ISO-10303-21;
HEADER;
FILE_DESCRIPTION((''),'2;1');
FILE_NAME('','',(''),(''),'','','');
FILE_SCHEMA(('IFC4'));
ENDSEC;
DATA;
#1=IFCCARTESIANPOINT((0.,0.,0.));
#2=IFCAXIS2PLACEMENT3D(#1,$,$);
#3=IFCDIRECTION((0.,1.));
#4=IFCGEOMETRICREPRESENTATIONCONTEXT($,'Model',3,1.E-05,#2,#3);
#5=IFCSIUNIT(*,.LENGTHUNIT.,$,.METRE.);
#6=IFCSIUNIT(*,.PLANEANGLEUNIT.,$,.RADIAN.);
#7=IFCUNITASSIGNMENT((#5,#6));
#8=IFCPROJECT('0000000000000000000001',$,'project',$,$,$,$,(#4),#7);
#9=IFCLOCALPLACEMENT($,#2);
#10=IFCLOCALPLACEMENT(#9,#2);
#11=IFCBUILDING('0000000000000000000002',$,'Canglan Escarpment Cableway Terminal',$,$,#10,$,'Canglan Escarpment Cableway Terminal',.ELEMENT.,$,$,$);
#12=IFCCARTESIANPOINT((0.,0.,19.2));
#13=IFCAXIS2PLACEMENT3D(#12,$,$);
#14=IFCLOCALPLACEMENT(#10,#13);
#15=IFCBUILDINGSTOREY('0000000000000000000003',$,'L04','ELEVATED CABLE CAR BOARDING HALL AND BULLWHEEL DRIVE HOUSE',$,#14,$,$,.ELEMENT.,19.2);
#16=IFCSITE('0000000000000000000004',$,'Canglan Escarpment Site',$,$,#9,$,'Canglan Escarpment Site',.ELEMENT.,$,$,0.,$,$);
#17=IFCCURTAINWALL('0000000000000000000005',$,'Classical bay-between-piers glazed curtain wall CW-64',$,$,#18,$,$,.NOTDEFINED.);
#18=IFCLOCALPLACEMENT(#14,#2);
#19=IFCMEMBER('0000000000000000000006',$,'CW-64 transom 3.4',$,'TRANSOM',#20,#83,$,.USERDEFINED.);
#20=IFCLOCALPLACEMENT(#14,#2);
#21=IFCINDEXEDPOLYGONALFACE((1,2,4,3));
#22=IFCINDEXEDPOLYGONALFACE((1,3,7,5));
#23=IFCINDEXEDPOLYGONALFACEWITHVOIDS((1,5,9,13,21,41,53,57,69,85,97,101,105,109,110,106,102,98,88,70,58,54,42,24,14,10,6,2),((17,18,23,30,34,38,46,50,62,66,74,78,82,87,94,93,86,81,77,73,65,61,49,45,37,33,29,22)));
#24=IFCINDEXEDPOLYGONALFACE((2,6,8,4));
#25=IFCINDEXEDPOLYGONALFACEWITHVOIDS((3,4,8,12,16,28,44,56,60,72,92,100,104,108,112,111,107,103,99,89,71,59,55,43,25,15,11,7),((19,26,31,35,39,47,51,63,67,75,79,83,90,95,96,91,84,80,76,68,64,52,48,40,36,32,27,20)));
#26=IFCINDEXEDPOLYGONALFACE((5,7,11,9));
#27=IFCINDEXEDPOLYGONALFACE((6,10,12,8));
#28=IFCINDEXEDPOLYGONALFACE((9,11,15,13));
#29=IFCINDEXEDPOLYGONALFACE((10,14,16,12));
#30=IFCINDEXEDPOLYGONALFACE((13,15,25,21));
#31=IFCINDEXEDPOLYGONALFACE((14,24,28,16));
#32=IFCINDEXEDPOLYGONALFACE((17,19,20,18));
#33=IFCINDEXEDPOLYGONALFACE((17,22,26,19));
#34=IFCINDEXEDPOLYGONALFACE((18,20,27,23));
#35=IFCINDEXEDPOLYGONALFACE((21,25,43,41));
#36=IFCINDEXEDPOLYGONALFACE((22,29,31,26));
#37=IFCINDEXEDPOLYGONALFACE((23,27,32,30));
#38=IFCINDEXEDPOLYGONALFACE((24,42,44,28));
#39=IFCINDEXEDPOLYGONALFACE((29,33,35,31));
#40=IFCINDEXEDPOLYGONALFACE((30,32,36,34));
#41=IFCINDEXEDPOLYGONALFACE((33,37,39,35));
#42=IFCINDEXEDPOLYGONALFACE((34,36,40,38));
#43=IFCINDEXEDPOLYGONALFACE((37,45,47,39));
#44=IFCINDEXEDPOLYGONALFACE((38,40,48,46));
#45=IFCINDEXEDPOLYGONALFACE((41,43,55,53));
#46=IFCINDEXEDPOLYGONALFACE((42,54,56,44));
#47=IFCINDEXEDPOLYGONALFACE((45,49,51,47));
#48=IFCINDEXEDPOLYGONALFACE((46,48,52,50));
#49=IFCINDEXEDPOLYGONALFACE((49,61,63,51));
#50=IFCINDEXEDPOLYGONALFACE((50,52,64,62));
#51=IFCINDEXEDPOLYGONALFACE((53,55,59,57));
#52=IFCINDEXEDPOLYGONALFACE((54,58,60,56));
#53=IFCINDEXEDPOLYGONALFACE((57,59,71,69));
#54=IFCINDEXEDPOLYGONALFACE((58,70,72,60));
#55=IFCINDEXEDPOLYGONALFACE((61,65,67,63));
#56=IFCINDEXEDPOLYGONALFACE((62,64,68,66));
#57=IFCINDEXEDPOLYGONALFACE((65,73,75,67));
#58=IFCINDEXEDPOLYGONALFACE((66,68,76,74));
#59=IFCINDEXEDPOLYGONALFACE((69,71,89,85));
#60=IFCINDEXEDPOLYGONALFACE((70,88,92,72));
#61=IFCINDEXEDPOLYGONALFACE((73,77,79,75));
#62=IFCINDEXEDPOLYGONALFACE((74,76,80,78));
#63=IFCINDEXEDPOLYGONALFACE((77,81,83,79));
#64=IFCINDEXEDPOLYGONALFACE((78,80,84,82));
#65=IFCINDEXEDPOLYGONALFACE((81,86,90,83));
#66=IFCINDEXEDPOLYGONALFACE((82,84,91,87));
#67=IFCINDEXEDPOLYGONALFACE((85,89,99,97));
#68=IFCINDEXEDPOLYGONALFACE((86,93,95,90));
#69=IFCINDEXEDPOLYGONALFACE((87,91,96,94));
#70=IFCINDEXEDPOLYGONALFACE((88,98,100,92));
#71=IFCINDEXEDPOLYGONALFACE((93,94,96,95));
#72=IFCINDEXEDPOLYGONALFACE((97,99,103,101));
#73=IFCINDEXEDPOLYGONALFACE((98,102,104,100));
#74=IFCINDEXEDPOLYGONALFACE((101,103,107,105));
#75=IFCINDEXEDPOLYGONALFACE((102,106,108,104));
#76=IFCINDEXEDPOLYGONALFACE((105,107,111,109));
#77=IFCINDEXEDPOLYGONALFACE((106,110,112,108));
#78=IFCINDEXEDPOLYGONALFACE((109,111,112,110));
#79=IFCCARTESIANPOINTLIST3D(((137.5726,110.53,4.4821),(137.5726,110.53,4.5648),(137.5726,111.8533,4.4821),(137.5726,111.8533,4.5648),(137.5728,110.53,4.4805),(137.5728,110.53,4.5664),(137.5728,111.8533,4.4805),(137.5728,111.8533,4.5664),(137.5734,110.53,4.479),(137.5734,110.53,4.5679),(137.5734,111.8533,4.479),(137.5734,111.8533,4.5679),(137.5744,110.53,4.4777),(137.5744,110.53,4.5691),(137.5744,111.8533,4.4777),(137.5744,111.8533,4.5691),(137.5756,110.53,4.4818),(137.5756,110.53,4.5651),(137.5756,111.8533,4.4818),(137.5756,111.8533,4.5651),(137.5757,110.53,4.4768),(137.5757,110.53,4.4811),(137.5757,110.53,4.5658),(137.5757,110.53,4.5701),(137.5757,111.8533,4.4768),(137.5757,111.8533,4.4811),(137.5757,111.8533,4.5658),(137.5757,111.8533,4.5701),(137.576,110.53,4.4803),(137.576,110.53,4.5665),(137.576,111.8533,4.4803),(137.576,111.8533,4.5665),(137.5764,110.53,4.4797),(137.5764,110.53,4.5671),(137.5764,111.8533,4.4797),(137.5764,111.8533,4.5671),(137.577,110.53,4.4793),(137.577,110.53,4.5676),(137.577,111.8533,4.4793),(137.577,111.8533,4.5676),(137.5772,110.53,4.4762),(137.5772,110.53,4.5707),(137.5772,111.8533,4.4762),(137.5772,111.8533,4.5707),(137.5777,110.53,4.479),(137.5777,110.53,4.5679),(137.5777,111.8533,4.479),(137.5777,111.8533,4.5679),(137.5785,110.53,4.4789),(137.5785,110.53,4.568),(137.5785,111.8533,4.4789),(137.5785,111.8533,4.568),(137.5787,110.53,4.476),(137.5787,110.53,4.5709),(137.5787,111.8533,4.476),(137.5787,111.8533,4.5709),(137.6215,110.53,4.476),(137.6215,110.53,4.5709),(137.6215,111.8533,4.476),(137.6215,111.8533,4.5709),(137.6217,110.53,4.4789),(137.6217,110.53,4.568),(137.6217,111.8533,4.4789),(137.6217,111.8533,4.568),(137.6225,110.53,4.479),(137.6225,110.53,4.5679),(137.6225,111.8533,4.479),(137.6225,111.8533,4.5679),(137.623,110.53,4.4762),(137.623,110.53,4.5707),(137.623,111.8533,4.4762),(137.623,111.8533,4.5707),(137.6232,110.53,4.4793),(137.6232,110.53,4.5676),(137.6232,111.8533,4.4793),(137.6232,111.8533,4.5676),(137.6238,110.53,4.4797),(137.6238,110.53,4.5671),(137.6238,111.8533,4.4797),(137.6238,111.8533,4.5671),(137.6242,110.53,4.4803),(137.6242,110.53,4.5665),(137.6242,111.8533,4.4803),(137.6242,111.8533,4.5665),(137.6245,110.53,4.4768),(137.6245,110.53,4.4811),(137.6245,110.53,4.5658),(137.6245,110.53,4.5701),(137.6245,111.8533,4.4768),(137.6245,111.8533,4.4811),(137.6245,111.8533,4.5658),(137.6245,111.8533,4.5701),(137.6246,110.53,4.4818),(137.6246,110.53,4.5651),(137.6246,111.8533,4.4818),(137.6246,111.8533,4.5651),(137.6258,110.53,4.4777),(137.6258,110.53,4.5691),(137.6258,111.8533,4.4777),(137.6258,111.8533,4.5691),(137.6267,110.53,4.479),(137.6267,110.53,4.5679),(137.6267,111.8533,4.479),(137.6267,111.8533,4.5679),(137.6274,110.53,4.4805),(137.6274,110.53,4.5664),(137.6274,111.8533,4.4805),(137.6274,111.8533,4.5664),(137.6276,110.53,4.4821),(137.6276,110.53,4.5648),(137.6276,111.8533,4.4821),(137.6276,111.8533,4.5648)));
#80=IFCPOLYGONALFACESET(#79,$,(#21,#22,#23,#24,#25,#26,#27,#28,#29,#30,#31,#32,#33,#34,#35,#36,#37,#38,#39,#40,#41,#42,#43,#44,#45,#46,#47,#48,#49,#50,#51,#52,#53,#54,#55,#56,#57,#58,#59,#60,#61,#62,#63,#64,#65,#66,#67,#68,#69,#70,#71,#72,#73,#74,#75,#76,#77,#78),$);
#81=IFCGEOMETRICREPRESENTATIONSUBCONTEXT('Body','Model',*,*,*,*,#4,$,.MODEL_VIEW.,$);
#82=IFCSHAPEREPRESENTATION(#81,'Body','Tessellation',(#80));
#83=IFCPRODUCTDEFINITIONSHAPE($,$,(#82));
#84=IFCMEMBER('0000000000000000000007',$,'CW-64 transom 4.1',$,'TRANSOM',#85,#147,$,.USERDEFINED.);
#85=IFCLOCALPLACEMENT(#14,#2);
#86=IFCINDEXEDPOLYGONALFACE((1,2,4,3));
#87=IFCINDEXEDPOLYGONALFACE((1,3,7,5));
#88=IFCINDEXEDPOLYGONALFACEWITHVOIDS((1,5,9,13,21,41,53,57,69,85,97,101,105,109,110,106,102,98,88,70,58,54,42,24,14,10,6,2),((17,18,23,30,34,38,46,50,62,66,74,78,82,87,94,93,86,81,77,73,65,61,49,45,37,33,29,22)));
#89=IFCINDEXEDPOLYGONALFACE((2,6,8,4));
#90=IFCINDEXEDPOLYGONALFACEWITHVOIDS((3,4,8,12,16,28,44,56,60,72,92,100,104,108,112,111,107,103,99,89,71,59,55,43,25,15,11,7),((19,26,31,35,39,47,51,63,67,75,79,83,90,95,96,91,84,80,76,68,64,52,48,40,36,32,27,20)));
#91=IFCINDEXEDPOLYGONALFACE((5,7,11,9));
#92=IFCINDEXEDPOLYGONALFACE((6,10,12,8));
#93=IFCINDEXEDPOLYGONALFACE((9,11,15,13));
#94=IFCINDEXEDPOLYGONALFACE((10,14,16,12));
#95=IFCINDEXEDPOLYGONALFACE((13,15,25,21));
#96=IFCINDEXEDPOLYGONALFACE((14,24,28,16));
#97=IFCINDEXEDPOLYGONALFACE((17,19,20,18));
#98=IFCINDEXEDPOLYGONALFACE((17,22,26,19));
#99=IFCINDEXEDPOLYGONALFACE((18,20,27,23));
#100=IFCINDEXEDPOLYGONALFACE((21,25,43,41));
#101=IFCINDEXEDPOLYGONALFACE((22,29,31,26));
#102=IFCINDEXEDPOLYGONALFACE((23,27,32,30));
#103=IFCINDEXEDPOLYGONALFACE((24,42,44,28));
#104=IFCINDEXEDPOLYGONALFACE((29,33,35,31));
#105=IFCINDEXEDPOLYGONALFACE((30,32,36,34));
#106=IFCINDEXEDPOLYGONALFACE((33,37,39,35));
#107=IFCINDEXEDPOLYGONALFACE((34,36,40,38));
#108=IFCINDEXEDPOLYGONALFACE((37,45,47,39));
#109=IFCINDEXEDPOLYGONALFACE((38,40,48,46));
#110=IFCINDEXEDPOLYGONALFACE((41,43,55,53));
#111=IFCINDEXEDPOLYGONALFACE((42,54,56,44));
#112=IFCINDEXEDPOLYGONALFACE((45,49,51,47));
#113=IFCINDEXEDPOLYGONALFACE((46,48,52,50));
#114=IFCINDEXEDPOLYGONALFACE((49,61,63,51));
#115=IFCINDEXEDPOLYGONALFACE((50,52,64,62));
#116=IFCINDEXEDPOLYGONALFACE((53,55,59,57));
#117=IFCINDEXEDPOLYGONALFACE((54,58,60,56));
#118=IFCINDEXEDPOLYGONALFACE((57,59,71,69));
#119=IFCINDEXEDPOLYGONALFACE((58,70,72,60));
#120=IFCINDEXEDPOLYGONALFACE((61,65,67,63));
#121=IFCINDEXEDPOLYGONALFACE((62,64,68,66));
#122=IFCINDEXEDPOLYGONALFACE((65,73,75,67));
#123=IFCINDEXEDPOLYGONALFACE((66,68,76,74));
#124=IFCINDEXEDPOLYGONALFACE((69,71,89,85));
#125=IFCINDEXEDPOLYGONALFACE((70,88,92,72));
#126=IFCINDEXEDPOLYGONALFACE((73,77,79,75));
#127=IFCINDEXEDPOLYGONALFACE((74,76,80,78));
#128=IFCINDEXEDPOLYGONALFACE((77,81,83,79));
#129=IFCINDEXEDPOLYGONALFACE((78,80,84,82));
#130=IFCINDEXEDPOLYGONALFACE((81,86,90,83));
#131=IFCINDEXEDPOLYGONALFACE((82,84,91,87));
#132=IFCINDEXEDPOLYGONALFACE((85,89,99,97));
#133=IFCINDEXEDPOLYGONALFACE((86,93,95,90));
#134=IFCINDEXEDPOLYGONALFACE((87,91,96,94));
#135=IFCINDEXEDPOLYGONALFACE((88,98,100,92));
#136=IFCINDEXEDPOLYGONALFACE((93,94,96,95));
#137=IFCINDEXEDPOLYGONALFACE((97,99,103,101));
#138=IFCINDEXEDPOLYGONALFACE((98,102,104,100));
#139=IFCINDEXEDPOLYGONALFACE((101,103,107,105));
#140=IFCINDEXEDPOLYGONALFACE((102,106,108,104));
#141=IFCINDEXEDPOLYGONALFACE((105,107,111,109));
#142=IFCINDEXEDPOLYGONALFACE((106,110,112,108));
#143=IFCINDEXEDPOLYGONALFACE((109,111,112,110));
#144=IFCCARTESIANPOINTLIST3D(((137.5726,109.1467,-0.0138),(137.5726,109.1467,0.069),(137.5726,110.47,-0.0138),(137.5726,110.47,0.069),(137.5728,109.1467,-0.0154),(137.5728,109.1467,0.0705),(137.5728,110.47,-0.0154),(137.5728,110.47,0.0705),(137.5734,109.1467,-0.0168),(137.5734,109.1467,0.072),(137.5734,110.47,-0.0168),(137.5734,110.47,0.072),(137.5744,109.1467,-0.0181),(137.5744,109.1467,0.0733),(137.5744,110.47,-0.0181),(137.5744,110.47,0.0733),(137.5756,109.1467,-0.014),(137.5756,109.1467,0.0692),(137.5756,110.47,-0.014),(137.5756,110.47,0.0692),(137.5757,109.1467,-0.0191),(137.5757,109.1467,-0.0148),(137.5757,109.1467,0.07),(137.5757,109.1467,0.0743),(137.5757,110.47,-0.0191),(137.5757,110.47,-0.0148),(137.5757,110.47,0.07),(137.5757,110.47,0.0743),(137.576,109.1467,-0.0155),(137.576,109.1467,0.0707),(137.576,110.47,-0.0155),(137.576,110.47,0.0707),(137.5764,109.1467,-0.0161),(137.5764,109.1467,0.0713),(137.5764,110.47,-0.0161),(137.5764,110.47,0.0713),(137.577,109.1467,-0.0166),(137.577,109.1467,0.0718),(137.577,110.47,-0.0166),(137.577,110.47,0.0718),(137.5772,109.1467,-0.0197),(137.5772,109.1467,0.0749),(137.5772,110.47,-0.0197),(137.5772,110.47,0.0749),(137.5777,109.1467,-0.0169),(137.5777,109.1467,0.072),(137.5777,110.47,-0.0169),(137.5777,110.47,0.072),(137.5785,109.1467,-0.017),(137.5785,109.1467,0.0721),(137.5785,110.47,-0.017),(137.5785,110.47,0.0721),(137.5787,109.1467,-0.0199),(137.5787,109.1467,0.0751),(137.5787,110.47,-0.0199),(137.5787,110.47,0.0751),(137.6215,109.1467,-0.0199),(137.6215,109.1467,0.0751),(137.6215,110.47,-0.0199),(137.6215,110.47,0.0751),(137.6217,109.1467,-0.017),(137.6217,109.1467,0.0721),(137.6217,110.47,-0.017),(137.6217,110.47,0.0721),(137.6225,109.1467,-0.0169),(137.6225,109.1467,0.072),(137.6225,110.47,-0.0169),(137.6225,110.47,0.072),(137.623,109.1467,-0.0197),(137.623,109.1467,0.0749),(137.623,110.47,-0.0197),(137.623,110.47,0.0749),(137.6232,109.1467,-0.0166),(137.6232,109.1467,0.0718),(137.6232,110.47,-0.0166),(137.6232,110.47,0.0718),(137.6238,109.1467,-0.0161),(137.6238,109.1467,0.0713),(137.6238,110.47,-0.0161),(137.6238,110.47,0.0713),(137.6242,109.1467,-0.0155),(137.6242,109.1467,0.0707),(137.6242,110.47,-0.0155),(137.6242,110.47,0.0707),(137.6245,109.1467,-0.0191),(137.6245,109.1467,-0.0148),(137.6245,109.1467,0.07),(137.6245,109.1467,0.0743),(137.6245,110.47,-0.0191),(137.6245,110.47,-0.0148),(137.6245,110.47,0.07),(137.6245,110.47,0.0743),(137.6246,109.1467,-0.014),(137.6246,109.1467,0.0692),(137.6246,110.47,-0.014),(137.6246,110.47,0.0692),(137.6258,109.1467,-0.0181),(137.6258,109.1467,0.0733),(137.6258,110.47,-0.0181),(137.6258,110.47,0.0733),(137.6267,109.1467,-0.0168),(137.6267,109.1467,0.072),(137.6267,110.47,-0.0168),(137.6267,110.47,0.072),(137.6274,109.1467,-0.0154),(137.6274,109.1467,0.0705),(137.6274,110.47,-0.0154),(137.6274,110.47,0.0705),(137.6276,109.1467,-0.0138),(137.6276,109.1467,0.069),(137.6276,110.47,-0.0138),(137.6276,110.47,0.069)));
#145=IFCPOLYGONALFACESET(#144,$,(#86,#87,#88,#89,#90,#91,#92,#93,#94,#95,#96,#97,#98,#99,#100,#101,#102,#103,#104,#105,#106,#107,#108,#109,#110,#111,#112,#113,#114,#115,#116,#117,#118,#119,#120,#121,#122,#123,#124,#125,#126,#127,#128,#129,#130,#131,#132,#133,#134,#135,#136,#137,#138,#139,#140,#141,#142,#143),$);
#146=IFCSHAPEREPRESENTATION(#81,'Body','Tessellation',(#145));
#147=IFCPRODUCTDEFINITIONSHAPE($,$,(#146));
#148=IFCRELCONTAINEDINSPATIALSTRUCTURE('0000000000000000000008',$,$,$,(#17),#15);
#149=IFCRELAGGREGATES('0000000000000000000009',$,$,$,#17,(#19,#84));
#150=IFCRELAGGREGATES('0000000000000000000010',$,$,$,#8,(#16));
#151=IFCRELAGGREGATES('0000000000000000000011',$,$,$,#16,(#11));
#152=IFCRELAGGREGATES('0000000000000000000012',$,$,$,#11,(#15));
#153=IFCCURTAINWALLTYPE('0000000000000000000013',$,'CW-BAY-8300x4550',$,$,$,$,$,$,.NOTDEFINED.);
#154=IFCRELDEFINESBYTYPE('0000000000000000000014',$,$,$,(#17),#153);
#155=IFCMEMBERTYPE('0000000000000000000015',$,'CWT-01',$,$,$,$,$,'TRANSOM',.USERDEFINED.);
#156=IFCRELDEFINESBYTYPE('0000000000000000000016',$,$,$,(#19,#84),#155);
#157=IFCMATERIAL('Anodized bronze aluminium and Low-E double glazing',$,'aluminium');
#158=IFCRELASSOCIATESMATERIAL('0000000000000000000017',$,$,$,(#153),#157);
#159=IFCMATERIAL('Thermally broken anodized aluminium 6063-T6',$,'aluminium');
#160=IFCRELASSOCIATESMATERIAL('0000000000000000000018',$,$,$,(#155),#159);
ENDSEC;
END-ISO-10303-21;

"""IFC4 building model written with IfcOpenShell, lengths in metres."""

from ifc_helpers import new_model, si_unit, direction, frame, origin, origin_2d, place, context, subcontext, project, spatial, hollow_rectangle, extrude, material, material_profile, profile_set, type_object, element, aggregate, save


model = new_model("IFC4")

# Units and contexts
model_context = context("Model", 3, precision=1e-05, world=origin(), true_north=direction((0.0, 1.0)))
body_context = subcontext(model_context, "Body", "Model", "MODEL_VIEW")
ifc_project = project(units=[si_unit("LENGTHUNIT", "METRE"), si_unit("PLANEANGLEUNIT", "RADIAN")], contexts=[model_context])

# Site, building, storey
site_placement = place(None, origin())
site = spatial("IfcSite", under=ifc_project, at=site_placement, Name="Canglan Escarpment Site", LongName="Canglan Escarpment Site", CompositionType="ELEMENT", RefElevation=0.0)
building_placement = place(site_placement, origin())
building = spatial("IfcBuilding", under=site, at=building_placement, Name="Canglan Escarpment Cableway Terminal", LongName="Canglan Escarpment Cableway Terminal", CompositionType="ELEMENT")
storey_placement = place(building_placement, frame((0.0, 0.0, 19.2)))
storey = spatial("IfcBuildingStorey", under=building, at=storey_placement, Name="L04", Description="ELEVATED CABLE CAR BOARDING HALL AND BULLWHEEL DRIVE HOUSE", CompositionType="ELEMENT", Elevation=19.2)

# Curtain wall, members
ifc_material_1 = material(Name="Anodized bronze aluminium and Low-E double glazing", Category="aluminium")
curtain_wall_type_1 = type_object("IfcCurtainWallType", Name="CW-BAY-8300x4550", PredefinedType="NOTDEFINED", material=ifc_material_1)
curtain_wall_1_placement = place(storey_placement, origin())
curtain_wall_1 = element("IfcCurtainWall", 1, at=curtain_wall_1_placement, inside=storey, type_object=curtain_wall_type_1, Name="Classical bay-between-piers glazed curtain wall CW-64", PredefinedType="NOTDEFINED")
ifc_material_2 = material(Name="Thermally broken anodized aluminium 6063-T6", Category="aluminium")
ifc_material_profile_1 = material_profile(ifc_material_2, hollow_rectangle(XDim=0.0549, YDim=0.095, WallThickness=0.0029, InnerFilletRadius=0.0029, OuterFilletRadius=0.0061, at=origin_2d()), Name="ALU-TRAN 55x95x3")
ifc_profile_set_1 = profile_set([ifc_material_profile_1], Name="Thermally broken anodized aluminium 6063-T6")
member_type_1 = type_object("IfcMemberType", Name="CWT-01", ElementType="TRANSOM", PredefinedType="USERDEFINED", material=ifc_profile_set_1)
member_1_placement = place(storey_placement, frame((137.6001, 111.8533, 4.5234), z_axis=(0.0, -1.0, 0.0), x_axis=(1.0, 0.0, 0.0)))
member_1 = element("IfcMember", 2, at=member_1_placement, type_object=member_type_1, Name="CW-64 transom 3.4", ObjectType="TRANSOM", PredefinedType="USERDEFINED", context=body_context, shape_type="SweptSolid", body=[
    extrude(hollow_rectangle(XDim=0.0549, YDim=0.095, WallThickness=0.0029, InnerFilletRadius=0.0029, OuterFilletRadius=0.0061, at=origin_2d()), origin(), (0.0, 0.0, 1.0), 1.3232),
])
member_2_placement = place(storey_placement, frame((137.6001, 110.47, 0.0276), z_axis=(0.0, -1.0, 0.0), x_axis=(1.0, 0.0, 0.0)))
member_2 = element("IfcMember", 3, at=member_2_placement, type_object=member_type_1, Name="CW-64 transom 4.1", ObjectType="TRANSOM", PredefinedType="USERDEFINED", context=body_context, shape_type="SweptSolid", body=[
    extrude(hollow_rectangle(XDim=0.0549, YDim=0.095, WallThickness=0.0029, InnerFilletRadius=0.0029, OuterFilletRadius=0.0061, at=origin_2d()), origin(), (0.0, 0.0, 1.0), 1.3232),
])

aggregate(curtain_wall_1, [member_1, member_2])

save(model, "model.ifc")
